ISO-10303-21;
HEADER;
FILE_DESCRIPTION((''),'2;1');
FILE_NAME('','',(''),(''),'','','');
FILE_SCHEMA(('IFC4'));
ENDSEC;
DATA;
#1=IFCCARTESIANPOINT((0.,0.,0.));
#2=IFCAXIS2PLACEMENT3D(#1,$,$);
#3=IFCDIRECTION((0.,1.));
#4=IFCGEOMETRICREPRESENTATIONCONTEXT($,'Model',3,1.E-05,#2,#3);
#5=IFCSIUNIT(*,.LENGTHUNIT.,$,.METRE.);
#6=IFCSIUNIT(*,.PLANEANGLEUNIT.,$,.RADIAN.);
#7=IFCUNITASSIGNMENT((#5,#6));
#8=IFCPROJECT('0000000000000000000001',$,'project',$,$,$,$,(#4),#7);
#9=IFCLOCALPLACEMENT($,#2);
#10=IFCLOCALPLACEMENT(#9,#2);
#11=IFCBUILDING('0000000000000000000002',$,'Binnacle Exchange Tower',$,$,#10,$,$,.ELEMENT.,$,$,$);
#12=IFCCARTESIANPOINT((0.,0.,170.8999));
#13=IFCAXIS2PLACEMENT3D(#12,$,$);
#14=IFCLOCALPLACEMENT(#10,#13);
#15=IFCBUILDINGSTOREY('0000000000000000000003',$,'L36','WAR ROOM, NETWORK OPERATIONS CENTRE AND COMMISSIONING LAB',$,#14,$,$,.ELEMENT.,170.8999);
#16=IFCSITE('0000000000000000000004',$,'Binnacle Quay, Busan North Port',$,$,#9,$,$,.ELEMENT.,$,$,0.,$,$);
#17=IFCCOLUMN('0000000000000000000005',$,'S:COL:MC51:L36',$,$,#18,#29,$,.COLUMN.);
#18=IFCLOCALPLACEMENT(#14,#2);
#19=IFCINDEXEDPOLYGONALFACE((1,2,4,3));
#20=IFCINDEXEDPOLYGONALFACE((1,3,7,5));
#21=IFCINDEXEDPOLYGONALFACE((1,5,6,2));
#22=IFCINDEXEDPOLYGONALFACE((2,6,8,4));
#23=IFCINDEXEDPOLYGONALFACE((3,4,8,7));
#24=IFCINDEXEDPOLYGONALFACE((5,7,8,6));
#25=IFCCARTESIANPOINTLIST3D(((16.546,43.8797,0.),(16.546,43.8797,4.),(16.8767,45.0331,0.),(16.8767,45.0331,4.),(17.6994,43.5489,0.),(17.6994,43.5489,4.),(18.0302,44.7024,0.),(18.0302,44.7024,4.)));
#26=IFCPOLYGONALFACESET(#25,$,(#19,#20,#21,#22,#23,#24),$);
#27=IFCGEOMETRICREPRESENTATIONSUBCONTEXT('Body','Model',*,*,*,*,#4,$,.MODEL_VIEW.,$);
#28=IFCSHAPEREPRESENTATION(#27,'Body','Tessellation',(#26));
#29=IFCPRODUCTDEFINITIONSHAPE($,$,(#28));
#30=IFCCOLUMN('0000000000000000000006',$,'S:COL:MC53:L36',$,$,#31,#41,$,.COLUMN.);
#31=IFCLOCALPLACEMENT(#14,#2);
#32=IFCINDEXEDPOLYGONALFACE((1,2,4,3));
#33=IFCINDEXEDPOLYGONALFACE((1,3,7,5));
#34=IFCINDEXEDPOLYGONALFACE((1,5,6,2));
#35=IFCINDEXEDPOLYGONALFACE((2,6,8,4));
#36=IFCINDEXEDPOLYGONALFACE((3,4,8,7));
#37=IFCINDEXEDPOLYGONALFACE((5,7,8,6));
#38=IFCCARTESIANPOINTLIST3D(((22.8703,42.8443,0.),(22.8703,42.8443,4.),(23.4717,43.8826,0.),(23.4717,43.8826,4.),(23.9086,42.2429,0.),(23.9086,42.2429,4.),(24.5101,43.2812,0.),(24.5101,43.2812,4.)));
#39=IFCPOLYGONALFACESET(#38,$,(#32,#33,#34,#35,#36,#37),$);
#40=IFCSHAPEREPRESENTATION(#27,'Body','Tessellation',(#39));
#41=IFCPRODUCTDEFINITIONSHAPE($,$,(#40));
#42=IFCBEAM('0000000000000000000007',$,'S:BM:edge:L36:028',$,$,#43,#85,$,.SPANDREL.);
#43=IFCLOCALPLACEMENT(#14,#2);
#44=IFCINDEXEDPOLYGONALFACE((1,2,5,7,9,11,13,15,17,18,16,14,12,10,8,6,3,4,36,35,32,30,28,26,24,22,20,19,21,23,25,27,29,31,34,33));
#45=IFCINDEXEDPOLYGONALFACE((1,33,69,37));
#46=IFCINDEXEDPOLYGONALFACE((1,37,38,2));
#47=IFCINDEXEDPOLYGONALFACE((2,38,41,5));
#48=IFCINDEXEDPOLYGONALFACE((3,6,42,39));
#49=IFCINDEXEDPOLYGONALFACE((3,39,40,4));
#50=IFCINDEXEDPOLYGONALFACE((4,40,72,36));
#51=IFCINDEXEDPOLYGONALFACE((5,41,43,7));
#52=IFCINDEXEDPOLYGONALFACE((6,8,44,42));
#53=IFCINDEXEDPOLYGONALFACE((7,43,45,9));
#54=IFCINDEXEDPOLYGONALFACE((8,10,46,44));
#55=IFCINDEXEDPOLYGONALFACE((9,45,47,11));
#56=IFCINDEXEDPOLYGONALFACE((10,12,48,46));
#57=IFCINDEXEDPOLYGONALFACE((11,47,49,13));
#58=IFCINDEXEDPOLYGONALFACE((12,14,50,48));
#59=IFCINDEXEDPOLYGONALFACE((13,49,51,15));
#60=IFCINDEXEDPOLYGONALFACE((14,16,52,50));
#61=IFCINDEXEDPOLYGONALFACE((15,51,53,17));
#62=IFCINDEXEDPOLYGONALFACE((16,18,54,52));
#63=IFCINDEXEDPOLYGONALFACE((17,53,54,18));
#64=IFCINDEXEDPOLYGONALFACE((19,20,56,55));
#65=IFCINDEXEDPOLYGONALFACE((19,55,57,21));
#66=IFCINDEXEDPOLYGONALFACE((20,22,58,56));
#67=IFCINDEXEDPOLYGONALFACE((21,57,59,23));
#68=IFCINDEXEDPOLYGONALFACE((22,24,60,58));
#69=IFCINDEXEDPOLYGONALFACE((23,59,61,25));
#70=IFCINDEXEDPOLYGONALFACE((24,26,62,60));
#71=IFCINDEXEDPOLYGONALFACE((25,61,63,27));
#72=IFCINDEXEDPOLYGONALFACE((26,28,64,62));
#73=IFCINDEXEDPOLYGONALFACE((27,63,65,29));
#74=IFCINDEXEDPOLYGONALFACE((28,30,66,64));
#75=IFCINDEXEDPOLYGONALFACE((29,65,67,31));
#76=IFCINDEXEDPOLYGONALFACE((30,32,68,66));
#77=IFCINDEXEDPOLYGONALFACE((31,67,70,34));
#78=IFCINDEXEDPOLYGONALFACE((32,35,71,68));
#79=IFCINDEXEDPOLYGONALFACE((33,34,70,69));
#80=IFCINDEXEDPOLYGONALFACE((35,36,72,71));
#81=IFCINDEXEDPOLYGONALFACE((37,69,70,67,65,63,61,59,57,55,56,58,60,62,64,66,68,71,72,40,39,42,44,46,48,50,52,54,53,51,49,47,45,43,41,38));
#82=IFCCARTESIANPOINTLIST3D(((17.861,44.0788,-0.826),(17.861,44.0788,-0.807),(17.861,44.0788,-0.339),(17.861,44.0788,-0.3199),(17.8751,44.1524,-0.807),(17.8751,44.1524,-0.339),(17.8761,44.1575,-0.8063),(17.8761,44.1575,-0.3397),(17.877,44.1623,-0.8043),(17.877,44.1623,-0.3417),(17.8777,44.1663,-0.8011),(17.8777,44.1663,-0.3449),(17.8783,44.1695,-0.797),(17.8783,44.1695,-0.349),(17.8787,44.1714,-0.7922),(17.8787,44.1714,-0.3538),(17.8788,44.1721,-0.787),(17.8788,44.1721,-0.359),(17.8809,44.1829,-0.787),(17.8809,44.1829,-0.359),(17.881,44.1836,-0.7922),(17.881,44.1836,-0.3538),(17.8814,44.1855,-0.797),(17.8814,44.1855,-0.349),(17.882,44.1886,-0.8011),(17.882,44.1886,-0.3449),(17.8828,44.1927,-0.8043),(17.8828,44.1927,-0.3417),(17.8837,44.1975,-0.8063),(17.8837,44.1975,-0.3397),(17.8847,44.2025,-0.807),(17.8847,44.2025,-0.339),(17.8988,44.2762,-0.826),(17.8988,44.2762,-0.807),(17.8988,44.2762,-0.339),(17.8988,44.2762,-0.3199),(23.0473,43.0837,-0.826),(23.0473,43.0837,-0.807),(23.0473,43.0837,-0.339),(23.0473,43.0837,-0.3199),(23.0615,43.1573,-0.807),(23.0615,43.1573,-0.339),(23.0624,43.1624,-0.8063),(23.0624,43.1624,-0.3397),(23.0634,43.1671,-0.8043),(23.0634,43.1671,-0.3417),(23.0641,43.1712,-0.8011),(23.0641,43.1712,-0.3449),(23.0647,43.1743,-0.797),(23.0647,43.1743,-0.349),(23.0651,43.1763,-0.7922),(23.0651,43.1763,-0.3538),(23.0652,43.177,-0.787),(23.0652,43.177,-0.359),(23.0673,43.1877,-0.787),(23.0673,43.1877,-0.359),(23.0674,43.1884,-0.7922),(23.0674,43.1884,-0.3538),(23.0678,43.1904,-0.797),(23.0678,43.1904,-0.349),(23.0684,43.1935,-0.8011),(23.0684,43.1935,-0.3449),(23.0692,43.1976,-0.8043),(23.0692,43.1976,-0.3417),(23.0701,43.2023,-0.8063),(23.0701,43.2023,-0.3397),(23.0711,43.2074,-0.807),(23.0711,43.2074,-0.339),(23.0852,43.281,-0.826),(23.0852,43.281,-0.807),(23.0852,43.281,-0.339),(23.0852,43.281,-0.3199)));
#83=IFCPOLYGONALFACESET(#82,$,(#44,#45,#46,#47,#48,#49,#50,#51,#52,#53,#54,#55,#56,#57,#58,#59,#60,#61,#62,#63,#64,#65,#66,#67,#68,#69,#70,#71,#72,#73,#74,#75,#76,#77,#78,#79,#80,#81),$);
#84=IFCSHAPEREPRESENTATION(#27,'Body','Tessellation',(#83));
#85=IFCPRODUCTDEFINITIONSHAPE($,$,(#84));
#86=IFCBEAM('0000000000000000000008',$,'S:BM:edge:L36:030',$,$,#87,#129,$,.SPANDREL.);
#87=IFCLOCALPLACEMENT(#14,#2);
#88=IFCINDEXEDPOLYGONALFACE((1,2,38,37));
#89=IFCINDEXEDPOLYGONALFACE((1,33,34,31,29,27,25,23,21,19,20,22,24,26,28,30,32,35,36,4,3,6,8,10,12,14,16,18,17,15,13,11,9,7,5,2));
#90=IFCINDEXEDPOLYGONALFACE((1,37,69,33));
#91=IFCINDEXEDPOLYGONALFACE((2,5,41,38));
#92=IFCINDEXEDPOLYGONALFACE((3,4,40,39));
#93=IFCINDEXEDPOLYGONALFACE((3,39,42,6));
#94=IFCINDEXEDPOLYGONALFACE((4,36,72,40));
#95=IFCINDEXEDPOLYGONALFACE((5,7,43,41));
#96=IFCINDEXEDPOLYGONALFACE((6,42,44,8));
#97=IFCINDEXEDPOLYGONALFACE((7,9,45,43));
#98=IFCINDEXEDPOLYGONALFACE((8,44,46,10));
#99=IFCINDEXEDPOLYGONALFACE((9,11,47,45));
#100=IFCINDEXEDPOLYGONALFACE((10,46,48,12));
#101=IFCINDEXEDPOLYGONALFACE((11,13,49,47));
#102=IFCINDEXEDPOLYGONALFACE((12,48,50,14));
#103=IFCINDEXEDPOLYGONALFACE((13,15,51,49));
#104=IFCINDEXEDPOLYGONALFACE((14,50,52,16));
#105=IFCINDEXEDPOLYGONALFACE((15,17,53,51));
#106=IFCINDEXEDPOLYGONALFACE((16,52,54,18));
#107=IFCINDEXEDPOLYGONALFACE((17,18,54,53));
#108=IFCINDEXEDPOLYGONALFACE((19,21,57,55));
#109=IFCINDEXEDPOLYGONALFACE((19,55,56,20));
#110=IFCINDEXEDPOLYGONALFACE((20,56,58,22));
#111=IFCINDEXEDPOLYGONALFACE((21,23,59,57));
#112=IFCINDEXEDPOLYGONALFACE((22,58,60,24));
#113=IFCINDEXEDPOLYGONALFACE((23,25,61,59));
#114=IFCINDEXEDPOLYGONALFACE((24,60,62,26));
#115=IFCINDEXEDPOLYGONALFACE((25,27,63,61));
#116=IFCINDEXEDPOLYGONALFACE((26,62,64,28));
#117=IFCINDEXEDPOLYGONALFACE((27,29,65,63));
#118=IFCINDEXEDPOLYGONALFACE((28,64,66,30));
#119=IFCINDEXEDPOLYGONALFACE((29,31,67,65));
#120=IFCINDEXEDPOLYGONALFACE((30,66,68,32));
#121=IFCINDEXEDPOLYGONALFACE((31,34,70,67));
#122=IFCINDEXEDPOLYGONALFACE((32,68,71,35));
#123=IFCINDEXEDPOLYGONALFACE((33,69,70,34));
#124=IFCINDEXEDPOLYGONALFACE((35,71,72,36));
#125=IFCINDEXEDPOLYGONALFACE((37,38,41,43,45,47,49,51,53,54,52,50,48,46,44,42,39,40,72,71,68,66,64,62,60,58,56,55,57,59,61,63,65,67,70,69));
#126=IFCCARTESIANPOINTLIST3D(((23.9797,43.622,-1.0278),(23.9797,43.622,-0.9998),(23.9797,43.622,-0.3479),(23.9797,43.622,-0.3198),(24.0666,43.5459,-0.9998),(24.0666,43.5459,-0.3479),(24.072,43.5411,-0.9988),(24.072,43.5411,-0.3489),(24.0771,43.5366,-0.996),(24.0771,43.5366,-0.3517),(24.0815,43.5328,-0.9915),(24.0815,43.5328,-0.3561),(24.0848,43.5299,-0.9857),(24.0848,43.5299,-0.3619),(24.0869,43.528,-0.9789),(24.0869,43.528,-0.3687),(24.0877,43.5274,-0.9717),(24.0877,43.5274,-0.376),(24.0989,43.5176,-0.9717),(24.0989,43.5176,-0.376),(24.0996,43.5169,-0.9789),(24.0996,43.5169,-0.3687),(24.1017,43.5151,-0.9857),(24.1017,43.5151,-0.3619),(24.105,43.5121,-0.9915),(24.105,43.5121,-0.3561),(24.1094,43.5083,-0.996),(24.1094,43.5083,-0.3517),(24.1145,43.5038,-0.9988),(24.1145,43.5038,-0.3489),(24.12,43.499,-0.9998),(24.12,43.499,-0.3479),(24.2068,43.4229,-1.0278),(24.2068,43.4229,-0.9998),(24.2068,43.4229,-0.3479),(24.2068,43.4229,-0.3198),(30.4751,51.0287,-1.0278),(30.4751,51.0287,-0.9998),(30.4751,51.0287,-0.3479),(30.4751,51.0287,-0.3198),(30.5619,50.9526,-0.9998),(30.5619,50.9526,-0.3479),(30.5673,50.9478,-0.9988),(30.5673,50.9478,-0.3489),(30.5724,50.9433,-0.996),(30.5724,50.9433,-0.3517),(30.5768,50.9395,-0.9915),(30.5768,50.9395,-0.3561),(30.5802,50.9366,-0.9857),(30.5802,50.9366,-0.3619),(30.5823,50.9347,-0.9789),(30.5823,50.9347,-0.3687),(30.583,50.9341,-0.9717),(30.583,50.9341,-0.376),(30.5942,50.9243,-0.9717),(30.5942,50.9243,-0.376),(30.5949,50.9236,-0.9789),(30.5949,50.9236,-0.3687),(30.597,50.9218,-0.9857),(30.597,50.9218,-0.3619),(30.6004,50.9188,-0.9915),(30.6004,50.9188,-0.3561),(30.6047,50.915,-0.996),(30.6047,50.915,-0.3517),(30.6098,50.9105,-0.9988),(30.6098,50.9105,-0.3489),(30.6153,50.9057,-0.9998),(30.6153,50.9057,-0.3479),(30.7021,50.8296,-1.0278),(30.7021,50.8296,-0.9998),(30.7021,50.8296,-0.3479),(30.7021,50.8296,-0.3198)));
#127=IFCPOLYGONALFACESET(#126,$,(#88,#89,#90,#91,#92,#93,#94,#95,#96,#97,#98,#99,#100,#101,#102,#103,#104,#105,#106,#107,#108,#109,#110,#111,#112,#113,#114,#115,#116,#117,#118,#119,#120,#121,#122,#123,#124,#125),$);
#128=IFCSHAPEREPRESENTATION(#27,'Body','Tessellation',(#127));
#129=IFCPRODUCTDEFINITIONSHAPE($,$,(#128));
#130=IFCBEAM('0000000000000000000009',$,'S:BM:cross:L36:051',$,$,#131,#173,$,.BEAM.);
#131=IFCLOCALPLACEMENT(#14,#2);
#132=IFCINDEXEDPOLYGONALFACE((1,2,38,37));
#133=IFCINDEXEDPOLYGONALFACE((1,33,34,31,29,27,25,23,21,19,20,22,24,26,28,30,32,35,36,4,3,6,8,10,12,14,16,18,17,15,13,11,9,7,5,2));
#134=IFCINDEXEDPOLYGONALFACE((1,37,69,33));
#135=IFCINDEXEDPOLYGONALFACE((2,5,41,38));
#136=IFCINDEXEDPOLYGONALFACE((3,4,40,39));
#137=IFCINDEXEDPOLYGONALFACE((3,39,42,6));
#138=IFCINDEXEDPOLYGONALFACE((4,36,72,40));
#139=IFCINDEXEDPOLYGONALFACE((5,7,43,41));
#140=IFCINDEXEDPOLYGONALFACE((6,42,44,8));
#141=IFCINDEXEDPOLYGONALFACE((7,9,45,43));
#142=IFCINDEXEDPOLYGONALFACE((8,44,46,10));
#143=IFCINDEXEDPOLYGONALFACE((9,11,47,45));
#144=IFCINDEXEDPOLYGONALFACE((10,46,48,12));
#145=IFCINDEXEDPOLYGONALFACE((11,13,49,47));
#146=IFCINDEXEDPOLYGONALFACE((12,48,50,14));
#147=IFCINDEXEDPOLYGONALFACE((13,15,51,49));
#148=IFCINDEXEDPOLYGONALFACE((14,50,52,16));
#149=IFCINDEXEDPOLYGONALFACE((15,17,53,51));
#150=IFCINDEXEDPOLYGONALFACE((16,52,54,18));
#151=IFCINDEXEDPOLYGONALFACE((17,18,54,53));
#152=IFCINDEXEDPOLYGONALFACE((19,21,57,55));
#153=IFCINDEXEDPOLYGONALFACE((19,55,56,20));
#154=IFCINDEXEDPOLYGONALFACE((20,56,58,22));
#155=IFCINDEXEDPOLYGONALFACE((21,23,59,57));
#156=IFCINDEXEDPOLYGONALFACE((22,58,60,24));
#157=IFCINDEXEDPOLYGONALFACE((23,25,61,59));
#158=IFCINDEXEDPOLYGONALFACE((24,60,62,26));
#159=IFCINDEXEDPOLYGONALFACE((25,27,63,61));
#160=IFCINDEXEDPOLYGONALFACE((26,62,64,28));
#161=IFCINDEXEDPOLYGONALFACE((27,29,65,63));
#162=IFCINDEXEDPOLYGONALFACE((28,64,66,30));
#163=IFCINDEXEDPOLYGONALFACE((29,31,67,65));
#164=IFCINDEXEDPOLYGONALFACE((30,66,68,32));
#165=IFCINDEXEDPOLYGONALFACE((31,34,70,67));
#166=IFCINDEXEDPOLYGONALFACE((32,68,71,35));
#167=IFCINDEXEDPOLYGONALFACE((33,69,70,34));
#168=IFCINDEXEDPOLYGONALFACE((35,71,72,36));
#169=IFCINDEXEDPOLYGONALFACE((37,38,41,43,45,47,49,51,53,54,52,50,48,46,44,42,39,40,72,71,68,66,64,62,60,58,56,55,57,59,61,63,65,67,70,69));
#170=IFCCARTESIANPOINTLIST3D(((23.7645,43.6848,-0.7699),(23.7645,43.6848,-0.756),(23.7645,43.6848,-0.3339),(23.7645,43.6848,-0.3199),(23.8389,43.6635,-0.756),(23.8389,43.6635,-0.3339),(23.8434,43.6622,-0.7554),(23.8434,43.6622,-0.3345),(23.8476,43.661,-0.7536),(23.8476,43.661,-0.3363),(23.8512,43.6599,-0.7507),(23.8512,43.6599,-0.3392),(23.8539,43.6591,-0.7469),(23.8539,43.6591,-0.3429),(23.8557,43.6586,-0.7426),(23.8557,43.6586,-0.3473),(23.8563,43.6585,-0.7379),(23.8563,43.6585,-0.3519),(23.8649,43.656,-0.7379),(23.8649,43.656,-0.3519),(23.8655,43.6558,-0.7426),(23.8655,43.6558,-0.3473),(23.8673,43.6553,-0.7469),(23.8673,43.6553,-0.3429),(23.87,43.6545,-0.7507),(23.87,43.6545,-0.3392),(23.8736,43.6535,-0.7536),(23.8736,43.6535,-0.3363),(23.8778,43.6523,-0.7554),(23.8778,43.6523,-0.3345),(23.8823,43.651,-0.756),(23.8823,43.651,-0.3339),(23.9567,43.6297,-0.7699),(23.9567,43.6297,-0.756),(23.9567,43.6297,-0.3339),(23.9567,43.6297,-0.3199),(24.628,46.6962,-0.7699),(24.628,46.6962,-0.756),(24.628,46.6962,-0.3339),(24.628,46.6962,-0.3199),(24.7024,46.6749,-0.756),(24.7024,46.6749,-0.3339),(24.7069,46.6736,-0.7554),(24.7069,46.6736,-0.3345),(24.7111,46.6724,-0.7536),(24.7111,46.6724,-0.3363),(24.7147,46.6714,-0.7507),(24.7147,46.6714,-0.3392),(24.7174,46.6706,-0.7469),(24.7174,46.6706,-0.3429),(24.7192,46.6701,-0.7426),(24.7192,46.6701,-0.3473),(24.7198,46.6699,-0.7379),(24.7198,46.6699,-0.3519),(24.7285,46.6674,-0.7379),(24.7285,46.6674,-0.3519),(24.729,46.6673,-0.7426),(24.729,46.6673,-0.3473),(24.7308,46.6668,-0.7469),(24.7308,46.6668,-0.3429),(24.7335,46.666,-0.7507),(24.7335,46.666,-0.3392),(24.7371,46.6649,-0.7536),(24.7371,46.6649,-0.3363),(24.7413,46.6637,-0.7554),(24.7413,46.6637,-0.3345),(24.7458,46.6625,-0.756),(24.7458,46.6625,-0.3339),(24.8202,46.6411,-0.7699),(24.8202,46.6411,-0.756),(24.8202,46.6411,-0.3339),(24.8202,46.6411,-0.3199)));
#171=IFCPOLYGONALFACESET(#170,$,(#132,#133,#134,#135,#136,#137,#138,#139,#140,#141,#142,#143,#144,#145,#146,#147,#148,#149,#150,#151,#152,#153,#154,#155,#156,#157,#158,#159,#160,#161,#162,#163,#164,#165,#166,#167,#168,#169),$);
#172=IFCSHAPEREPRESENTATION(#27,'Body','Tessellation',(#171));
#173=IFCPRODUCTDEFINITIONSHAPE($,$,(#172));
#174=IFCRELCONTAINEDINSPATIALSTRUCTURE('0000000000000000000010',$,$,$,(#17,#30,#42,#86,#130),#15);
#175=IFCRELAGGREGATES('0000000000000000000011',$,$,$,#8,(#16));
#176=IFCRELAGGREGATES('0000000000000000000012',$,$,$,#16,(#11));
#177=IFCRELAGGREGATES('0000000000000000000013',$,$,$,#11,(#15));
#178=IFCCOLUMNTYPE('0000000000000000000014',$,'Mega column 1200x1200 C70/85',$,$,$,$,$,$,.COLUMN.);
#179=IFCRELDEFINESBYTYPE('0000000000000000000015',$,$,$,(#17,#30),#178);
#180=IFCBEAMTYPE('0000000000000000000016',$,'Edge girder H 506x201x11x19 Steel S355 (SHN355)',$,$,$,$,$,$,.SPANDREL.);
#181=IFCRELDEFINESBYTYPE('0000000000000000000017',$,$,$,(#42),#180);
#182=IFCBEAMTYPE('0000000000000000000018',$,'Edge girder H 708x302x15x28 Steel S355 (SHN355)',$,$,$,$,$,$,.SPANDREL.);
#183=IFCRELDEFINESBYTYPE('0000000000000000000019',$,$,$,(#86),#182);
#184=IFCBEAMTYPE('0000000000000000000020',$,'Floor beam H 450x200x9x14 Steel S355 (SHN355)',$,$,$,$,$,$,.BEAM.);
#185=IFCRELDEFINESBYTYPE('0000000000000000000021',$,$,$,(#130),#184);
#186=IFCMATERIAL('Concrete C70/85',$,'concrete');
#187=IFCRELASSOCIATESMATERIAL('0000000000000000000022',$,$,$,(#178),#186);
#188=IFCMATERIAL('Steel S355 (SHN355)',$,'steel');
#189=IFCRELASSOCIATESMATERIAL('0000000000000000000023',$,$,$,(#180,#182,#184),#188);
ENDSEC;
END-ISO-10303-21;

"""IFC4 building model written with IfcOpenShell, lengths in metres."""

from ifc_helpers import new_model, si_unit, direction, frame, origin, origin_2d, place, context, subcontext, project, spatial, rectangle, i_section, extrude, material, material_profile, profile_set, type_object, element, save


model = new_model("IFC4")

# Units and contexts
model_context = context("Model", 3, precision=1e-05, world=origin(), true_north=direction((0.0, 1.0)))
body_context = subcontext(model_context, "Body", "Model", "MODEL_VIEW")
ifc_project = project(units=[si_unit("LENGTHUNIT", "METRE"), si_unit("PLANEANGLEUNIT", "RADIAN")], contexts=[model_context])

# Site, building, storey
site_placement = place(None, origin())
site = spatial("IfcSite", under=ifc_project, at=site_placement, Name="Binnacle Quay, Busan North Port", CompositionType="ELEMENT", RefElevation=0.0)
building_placement = place(site_placement, origin())
building = spatial("IfcBuilding", under=site, at=building_placement, Name="Binnacle Exchange Tower", CompositionType="ELEMENT")
storey_placement = place(building_placement, frame((0.0, 0.0, 170.8999)))
storey = spatial("IfcBuildingStorey", under=building, at=storey_placement, Name="L36", Description="WAR ROOM, NETWORK OPERATIONS CENTRE AND COMMISSIONING LAB", CompositionType="ELEMENT", Elevation=170.8999)

# Columns
ifc_material_1 = material(Name="Concrete C70/85", Category="concrete")
ifc_material_profile_1 = material_profile(ifc_material_1, rectangle(XDim=1.2, YDim=1.2, at=origin_2d()), Name="Mega column 1200x1200 C70/85")
ifc_profile_set_1 = profile_set([ifc_material_profile_1], Name="Concrete C70/85")
column_type = type_object("IfcColumnType", Name="Mega column 1200x1200 C70/85", PredefinedType="COLUMN", material=ifc_profile_set_1)
for number, where, z_axis, x_axis, name in (
    (1, (17.2881, 44.291, 0.0), (0.0, 0.0, 1.0), (0.961262, -0.275637, 0.0), "S:COL:MC51:L36"),
    (2, (23.6902, 43.0627, 0.0), (0.0, 0.0, 1.0), (-0.865326, 0.501209, 0.0), "S:COL:MC53:L36"),
):
    element("IfcColumn", number, at=place(storey_placement, frame(where, z_axis=z_axis, x_axis=x_axis)), inside=storey, type_object=column_type, Name=name, PredefinedType="COLUMN", context=body_context, shape_type="SweptSolid", body=[
        extrude(rectangle(XDim=1.2, YDim=1.2, at=origin_2d()), origin(), (0.0, 0.0, 1.0), 4.0),
    ])

# Beams
ifc_material_2 = material(Name="Steel S355 (SHN355)", Category="steel")
ifc_material_profile_2 = material_profile(ifc_material_2, i_section(OverallWidth=0.2009, OverallDepth=0.5061, WebThickness=0.011, FlangeThickness=0.019, FilletRadius=0.02, at=origin_2d()), Name="H 506x201x11x19")
ifc_profile_set_2 = profile_set([ifc_material_profile_2], Name="Steel S355 (SHN355)")
beam_type_1 = type_object("IfcBeamType", Name="Edge girder H 506x201x11x19 Steel S355 (SHN355)", PredefinedType="SPANDREL", material=ifc_profile_set_2)
beam_1_placement = place(storey_placement, frame((17.8799, 44.1775, -0.573), z_axis=(0.982085, -0.188438, 0.0), x_axis=(0.188438, 0.982085, 0.0)))
element("IfcBeam", 3, at=beam_1_placement, inside=storey, type_object=beam_type_1, Name="S:BM:edge:L36:028", PredefinedType="SPANDREL", context=body_context, shape_type="SweptSolid", body=[
    extrude(i_section(OverallWidth=0.2009, OverallDepth=0.5061, WebThickness=0.011, FlangeThickness=0.019, FilletRadius=0.02, at=origin_2d()), origin(), (0.0, 0.0, 1.0), 5.281),
])
ifc_material_profile_3 = material_profile(ifc_material_2, i_section(OverallWidth=0.302, OverallDepth=0.708, WebThickness=0.0149, FlangeThickness=0.0281, FilletRadius=0.0281, at=origin_2d()), Name="H 708x302x15x28")
ifc_profile_set_3 = profile_set([ifc_material_profile_3], Name="Steel S355 (SHN355)")
beam_type_2 = type_object("IfcBeamType", Name="Edge girder H 708x302x15x28 Steel S355 (SHN355)", PredefinedType="SPANDREL", material=ifc_profile_set_3)
beam_2_placement = place(storey_placement, frame((24.0933, 43.5225, -0.6738), z_axis=(0.659336, 0.751849, 0.0), x_axis=(-0.751849, 0.659336, 0.0)))
element("IfcBeam", 4, at=beam_2_placement, inside=storey, type_object=beam_type_2, Name="S:BM:edge:L36:030", PredefinedType="SPANDREL", context=body_context, shape_type="SweptSolid", body=[
    extrude(i_section(OverallWidth=0.302, OverallDepth=0.708, WebThickness=0.0149, FlangeThickness=0.0281, FilletRadius=0.0281, at=origin_2d()), origin(), (0.0, 0.0, 1.0), 9.8513),
])
ifc_material_profile_4 = material_profile(ifc_material_2, i_section(OverallWidth=0.2, OverallDepth=0.45, WebThickness=0.009, FlangeThickness=0.0139, FilletRadius=0.0181, at=origin_2d()), Name="H 450x200x9x14")
ifc_profile_set_4 = profile_set([ifc_material_profile_4], Name="Steel S355 (SHN355)")
beam_type_3 = type_object("IfcBeamType", Name="Floor beam H 450x200x9x14 Steel S355 (SHN355)", PredefinedType="BEAM", material=ifc_profile_set_4)
beam_3_placement = place(storey_placement, frame((23.8606, 43.6572, -0.5449), z_axis=(0.275637, 0.961262, 0.0), x_axis=(-0.961262, 0.275637, 0.0)))
element("IfcBeam", 5, at=beam_3_placement, inside=storey, type_object=beam_type_3, Name="S:BM:cross:L36:051", PredefinedType="BEAM", context=body_context, shape_type="SweptSolid", body=[
    extrude(i_section(OverallWidth=0.2, OverallDepth=0.45, WebThickness=0.009, FlangeThickness=0.0139, FilletRadius=0.0181, at=origin_2d()), origin(), (0.0, 0.0, 1.0), 3.1328),
])

save(model, "model.ifc")
